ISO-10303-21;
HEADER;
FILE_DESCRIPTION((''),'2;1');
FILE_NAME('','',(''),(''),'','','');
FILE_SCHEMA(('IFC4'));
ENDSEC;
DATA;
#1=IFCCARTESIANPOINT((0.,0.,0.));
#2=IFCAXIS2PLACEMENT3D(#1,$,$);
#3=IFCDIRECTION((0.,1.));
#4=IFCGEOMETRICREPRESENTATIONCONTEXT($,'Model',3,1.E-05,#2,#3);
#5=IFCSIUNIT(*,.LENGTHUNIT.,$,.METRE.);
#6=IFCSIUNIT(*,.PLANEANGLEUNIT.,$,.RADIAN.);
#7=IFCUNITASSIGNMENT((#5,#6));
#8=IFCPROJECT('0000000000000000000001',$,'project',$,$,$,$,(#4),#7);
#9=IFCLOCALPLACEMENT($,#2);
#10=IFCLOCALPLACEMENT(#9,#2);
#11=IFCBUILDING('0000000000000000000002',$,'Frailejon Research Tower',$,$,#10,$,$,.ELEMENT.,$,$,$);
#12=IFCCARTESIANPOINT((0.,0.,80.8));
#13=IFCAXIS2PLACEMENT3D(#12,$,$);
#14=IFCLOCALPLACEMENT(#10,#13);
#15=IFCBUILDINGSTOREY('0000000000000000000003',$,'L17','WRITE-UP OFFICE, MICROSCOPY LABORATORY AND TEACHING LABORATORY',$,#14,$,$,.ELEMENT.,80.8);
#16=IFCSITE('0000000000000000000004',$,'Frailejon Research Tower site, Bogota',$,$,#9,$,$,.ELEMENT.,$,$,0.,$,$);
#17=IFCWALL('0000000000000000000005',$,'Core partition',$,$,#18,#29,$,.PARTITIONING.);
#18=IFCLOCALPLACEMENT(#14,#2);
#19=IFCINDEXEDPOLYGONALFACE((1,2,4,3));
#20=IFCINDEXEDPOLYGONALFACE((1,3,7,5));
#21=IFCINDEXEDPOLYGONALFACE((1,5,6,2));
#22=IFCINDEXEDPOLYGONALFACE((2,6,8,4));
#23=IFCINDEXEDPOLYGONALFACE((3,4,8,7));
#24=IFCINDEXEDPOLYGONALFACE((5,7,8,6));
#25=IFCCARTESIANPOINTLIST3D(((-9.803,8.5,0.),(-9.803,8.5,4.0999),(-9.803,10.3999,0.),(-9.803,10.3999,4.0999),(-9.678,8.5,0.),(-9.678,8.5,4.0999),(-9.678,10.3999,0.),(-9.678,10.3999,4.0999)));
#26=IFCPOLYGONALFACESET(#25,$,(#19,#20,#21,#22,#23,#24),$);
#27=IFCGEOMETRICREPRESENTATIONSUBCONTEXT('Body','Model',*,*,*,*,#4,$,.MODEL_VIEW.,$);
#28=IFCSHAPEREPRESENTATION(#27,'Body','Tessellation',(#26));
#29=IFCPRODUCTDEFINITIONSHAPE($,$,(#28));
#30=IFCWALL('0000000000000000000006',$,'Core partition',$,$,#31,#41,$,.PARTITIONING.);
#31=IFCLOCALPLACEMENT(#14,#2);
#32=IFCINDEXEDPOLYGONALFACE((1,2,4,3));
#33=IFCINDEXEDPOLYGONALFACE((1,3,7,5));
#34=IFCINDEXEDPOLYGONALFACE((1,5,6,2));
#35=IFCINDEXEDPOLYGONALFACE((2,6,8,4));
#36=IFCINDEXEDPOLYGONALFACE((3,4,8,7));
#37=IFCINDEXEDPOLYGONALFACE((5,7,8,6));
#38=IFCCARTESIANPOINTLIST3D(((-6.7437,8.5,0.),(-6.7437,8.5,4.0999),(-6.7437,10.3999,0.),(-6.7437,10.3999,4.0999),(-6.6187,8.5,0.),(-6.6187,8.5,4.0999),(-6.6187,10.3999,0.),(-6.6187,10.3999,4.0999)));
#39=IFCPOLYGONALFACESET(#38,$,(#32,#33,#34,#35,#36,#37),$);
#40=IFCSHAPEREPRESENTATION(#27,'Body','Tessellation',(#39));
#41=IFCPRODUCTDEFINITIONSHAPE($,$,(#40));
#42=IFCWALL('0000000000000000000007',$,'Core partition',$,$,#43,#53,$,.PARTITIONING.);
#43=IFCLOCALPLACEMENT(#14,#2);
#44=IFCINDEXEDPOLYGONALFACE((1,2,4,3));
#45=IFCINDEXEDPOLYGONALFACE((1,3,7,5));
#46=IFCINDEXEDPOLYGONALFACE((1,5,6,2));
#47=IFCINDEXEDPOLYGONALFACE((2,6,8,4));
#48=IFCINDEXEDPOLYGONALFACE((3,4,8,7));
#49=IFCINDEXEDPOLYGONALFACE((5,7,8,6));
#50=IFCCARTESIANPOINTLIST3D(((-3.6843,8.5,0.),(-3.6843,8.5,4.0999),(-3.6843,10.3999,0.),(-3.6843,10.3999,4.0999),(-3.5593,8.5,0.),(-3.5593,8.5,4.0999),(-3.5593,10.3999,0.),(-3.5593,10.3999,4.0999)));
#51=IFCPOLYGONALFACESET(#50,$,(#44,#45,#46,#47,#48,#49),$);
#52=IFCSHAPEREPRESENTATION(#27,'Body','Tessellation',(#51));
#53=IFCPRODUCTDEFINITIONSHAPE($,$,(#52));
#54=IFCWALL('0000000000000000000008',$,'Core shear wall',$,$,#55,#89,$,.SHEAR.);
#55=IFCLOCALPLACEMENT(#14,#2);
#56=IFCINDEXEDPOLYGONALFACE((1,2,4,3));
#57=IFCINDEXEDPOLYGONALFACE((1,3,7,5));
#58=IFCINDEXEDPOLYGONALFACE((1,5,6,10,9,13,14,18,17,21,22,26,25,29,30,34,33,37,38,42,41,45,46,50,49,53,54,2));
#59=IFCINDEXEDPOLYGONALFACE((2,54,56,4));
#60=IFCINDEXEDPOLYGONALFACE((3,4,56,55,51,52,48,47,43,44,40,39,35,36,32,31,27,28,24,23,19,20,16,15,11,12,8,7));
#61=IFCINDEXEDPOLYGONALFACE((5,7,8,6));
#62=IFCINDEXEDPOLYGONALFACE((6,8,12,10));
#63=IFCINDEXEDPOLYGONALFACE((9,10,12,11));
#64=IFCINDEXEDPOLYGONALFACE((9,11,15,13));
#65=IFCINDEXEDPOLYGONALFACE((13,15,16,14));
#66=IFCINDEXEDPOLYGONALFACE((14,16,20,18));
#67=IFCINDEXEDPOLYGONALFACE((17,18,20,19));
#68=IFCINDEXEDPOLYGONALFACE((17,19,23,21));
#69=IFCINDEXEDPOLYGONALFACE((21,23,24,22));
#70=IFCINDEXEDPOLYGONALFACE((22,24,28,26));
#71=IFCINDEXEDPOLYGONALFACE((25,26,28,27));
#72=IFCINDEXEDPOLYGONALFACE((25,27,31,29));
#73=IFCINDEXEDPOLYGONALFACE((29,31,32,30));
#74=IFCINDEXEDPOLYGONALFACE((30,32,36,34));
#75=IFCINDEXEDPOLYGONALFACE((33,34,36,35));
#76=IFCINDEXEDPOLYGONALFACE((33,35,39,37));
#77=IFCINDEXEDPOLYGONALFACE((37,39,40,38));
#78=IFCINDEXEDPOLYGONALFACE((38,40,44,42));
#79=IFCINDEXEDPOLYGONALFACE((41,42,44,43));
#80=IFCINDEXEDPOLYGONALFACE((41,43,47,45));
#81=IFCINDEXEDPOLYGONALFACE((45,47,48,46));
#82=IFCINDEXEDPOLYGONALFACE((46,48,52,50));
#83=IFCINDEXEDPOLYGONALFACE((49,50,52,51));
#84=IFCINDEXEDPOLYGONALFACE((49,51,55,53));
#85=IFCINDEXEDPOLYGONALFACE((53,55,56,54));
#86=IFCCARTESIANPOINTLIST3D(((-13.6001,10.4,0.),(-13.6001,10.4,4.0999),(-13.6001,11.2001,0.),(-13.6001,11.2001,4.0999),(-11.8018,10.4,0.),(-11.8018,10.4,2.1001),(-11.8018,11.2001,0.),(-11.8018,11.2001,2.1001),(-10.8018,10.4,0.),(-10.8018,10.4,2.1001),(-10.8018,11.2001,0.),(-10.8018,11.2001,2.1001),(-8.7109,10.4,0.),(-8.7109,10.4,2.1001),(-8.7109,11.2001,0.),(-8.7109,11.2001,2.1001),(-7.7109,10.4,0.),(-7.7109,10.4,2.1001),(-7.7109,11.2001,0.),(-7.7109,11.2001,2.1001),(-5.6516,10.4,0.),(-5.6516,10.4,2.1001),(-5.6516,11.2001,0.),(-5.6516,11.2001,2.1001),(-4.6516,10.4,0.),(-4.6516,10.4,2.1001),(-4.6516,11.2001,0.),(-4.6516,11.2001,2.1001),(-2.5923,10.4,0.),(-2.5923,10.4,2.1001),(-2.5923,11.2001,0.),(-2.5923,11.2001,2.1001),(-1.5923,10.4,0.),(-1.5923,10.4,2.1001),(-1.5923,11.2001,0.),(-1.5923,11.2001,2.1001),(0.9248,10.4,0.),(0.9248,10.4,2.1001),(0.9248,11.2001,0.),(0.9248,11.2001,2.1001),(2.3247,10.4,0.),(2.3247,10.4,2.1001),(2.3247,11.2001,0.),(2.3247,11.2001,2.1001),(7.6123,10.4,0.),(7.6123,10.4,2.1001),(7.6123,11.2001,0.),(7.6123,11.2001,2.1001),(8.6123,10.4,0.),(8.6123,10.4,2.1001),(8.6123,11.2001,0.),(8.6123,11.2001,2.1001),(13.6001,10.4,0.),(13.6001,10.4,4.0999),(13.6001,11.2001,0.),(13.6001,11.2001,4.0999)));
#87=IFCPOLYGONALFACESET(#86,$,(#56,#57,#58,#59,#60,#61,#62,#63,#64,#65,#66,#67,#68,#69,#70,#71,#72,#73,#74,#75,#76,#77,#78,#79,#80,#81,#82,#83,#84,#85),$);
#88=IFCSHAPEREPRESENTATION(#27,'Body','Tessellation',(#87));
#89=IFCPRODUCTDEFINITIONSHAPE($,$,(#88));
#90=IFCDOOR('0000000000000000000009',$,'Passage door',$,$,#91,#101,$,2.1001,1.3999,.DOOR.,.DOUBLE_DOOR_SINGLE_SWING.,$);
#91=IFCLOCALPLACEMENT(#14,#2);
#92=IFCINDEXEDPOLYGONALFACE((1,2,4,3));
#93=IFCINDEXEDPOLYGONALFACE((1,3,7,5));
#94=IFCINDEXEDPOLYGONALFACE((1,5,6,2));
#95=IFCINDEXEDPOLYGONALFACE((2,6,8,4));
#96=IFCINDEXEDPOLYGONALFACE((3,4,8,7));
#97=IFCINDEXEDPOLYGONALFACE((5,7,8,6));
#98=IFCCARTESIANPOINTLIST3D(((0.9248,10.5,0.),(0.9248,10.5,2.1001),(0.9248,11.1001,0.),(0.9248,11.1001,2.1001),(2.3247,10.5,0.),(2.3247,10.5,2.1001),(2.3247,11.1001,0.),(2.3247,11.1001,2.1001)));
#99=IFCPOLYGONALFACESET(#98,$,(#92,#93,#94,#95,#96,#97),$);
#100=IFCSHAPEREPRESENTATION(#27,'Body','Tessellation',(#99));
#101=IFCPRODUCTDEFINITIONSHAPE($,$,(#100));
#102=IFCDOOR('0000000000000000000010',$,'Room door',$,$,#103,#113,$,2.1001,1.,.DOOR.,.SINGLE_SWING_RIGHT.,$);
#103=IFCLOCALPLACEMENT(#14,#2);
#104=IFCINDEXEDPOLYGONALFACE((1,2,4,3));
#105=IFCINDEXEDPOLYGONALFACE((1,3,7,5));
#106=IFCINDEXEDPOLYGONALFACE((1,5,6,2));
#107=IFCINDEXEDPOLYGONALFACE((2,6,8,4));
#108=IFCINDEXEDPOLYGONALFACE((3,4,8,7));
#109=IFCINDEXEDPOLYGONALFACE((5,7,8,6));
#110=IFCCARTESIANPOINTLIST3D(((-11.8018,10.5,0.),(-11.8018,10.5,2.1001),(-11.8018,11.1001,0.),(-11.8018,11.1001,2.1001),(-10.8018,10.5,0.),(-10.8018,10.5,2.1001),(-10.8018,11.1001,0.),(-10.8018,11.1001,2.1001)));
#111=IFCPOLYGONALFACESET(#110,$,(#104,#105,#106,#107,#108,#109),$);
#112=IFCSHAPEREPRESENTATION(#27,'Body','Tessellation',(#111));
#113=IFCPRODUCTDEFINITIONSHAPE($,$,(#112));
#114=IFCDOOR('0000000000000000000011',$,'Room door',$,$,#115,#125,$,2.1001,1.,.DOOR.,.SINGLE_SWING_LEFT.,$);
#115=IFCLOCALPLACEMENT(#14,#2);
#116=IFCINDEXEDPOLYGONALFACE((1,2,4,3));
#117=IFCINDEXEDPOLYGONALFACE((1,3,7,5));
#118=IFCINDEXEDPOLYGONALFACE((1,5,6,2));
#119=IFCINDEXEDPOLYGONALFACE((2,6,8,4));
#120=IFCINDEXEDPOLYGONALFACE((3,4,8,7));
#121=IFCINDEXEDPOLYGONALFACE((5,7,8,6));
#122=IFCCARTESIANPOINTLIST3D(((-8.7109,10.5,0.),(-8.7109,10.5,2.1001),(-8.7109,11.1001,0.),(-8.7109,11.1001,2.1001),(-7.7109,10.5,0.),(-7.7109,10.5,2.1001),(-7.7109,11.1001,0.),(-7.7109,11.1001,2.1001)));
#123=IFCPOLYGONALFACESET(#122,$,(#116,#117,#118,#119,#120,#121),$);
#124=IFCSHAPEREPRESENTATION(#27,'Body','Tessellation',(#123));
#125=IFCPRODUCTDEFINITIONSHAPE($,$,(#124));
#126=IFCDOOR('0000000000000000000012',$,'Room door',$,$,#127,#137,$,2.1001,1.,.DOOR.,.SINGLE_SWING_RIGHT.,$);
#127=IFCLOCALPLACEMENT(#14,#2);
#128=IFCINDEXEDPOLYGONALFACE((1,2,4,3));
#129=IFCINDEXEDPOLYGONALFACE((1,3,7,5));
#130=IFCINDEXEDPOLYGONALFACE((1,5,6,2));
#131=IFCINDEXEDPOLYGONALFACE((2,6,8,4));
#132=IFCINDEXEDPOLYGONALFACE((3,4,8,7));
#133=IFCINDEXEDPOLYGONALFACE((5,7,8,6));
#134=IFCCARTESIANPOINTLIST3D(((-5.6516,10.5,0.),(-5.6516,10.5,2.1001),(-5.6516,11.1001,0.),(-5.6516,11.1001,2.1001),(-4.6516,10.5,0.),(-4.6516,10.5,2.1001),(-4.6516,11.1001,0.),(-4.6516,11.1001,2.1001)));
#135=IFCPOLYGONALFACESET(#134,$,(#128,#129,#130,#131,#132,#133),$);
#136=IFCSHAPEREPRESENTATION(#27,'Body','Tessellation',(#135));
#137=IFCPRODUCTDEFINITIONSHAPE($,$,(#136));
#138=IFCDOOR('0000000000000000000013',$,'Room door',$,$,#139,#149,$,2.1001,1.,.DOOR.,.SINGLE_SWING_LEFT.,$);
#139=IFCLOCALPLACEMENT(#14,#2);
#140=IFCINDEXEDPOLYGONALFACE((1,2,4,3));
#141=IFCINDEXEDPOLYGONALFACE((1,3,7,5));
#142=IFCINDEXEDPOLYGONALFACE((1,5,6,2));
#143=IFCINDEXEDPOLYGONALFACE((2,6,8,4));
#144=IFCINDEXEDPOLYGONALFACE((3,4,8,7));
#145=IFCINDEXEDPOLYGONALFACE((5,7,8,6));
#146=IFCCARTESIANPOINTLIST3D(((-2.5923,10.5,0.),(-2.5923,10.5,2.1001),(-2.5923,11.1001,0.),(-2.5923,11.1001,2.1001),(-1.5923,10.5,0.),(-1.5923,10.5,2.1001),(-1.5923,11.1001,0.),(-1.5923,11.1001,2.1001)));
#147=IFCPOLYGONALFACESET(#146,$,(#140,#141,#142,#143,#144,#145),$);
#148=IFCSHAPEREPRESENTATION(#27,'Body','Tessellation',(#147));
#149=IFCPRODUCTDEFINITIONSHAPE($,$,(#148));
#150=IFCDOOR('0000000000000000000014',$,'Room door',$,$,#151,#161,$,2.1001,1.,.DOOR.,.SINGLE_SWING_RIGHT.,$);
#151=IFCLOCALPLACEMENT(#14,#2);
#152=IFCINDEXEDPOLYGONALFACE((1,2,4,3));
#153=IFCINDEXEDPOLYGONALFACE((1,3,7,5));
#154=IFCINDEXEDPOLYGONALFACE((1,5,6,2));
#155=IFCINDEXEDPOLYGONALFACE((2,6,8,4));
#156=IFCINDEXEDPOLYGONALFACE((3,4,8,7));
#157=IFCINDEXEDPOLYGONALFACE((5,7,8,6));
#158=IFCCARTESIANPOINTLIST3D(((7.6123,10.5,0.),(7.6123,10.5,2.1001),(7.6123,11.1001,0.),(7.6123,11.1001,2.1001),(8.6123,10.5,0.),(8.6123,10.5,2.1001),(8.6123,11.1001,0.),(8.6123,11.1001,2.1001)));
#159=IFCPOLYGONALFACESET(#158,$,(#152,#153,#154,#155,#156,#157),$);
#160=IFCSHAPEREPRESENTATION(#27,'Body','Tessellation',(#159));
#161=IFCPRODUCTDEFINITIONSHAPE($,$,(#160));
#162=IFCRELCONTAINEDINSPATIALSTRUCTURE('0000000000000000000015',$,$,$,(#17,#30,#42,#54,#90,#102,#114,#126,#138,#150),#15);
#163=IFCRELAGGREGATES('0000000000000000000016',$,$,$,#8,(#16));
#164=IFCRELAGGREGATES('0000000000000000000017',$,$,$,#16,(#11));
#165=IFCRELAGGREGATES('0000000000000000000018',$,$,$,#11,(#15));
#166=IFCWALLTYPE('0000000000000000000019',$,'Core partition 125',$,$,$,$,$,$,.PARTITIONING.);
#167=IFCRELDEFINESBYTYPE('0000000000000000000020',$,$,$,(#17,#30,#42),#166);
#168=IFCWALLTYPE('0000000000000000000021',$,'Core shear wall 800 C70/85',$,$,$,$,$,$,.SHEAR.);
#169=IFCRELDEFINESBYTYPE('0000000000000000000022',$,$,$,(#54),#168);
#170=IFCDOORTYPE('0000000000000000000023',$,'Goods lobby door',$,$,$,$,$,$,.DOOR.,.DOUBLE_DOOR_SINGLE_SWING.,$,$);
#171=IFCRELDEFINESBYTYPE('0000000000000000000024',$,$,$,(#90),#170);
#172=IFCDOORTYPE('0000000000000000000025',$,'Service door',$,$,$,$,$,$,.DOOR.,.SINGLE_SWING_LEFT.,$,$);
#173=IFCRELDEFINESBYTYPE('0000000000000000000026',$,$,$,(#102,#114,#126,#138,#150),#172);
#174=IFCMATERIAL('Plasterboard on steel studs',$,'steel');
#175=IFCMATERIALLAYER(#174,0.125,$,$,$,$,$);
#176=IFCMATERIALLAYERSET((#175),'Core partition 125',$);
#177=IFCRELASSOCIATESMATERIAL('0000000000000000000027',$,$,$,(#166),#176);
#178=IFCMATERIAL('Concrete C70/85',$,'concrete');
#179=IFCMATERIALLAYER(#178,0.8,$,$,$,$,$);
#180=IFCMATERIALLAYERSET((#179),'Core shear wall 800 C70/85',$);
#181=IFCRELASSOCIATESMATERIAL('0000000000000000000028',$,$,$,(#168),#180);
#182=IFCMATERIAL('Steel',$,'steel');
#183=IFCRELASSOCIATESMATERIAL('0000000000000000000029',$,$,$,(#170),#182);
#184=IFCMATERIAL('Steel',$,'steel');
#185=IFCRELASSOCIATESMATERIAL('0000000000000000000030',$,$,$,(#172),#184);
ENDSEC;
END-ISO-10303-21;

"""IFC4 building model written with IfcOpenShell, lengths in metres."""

from ifc_helpers import new_model, si_unit, direction, frame, frame_2d, origin, place, context, subcontext, project, spatial, rectangle, extrude, material, layer, layer_set, type_object, element, fill, save


model = new_model("IFC4")

# Units and contexts
model_context = context("Model", 3, precision=1e-05, world=origin(), true_north=direction((0.0, 1.0)))
body_context = subcontext(model_context, "Body", "Model", "MODEL_VIEW")
ifc_project = project(units=[si_unit("LENGTHUNIT", "METRE"), si_unit("PLANEANGLEUNIT", "RADIAN")], contexts=[model_context])

# Site, building, storey
site_placement = place(None, origin())
site = spatial("IfcSite", under=ifc_project, at=site_placement, Name="Frailejon Research Tower site, Bogota", CompositionType="ELEMENT", RefElevation=0.0)
building_placement = place(site_placement, origin())
building = spatial("IfcBuilding", under=site, at=building_placement, Name="Frailejon Research Tower", CompositionType="ELEMENT")
storey_placement = place(building_placement, frame((0.0, 0.0, 80.8)))
storey = spatial("IfcBuildingStorey", under=building, at=storey_placement, Name="L17", Description="WRITE-UP OFFICE, MICROSCOPY LABORATORY AND TEACHING LABORATORY", CompositionType="ELEMENT", Elevation=80.8)

# Walls
ifc_material_1 = material(Name="Plasterboard on steel studs", Category="steel")
ifc_layer_1 = layer(ifc_material_1, 0.125)
ifc_layer_set_1 = layer_set([ifc_layer_1], Name="Core partition 125")
wall_type_1 = type_object("IfcWallType", Name="Core partition 125", PredefinedType="PARTITIONING", material=ifc_layer_set_1)
for number, where, z_axis, x_axis, name in (
    (1, (-9.7405, 8.5, 0.0), (0.0, 0.0, 1.0), (0.0, 1.0, 0.0), "Core partition"),
    (2, (-6.6812, 8.5, 0.0), (0.0, 0.0, 1.0), (0.0, 1.0, 0.0), "Core partition"),
    (3, (-3.6218, 8.5, 0.0), (0.0, 0.0, 1.0), (0.0, 1.0, 0.0), "Core partition"),
):
    element("IfcWall", number, at=place(storey_placement, frame(where, z_axis=z_axis, x_axis=x_axis)), inside=storey, type_object=wall_type_1, Name=name, PredefinedType="PARTITIONING", context=body_context, shape_type="SweptSolid", body=[
        extrude(rectangle(XDim=1.8999, YDim=0.125, at=frame_2d((0.95, 0.0))), origin(), (0.0, 0.0, 1.0), 4.0999),
    ])

# Wall, openings, doors
ifc_material_2 = material(Name="Concrete C70/85", Category="concrete")
ifc_layer_2 = layer(ifc_material_2, 0.8)
ifc_layer_set_2 = layer_set([ifc_layer_2], Name="Core shear wall 800 C70/85")
wall_type_2 = type_object("IfcWallType", Name="Core shear wall 800 C70/85", PredefinedType="SHEAR", material=ifc_layer_set_2)
wall_1_placement = place(storey_placement, frame((-13.6001, 10.8, 0.0), z_axis=(0.0, 0.0, 1.0), x_axis=(1.0, 0.0, 0.0)))
wall_1 = element("IfcWall", 4, at=wall_1_placement, inside=storey, type_object=wall_type_2, Name="Core shear wall", PredefinedType="SHEAR", context=body_context, shape_type="SweptSolid", body=[
    extrude(rectangle(XDim=27.2002, YDim=0.8, at=frame_2d((13.6001, 0.0))), origin(), (0.0, 0.0, 1.0), 4.0999),
])
opening_1_placement = place(wall_1_placement, frame((1.7983, 0.0, 0.0)))
opening_1 = element("IfcOpeningElement", 5, at=opening_1_placement, cuts=wall_1, PredefinedType="OPENING", context=body_context, shape_type="SweptSolid", body=[
    extrude(rectangle(XDim=1.0, YDim=2.1001, at=frame_2d((0.5, 1.05))), frame((0.0, 0.4099, 0.0), z_axis=(0.0, -1.0, 0.0), x_axis=(1.0, 0.0, 0.0)), (0.0, 0.0, 1.0), 0.8201),
])
opening_2_placement = place(wall_1_placement, frame((4.8892, 0.0, 0.0)))
opening_2 = element("IfcOpeningElement", 6, at=opening_2_placement, cuts=wall_1, PredefinedType="OPENING", context=body_context, shape_type="SweptSolid", body=[
    extrude(rectangle(XDim=1.0, YDim=2.1001, at=frame_2d((0.5, 1.05))), frame((0.0, 0.4099, 0.0), z_axis=(0.0, -1.0, 0.0), x_axis=(1.0, 0.0, 0.0)), (0.0, 0.0, 1.0), 0.8201),
])
opening_3_placement = place(wall_1_placement, frame((7.9485, 0.0, 0.0)))
opening_3 = element("IfcOpeningElement", 7, at=opening_3_placement, cuts=wall_1, PredefinedType="OPENING", context=body_context, shape_type="SweptSolid", body=[
    extrude(rectangle(XDim=1.0, YDim=2.1001, at=frame_2d((0.5, 1.05))), frame((0.0, 0.4099, 0.0), z_axis=(0.0, -1.0, 0.0), x_axis=(1.0, 0.0, 0.0)), (0.0, 0.0, 1.0), 0.8201),
])
opening_4_placement = place(wall_1_placement, frame((11.0078, 0.0, 0.0)))
opening_4 = element("IfcOpeningElement", 8, at=opening_4_placement, cuts=wall_1, PredefinedType="OPENING", context=body_context, shape_type="SweptSolid", body=[
    extrude(rectangle(XDim=1.0, YDim=2.1001, at=frame_2d((0.5, 1.05))), frame((0.0, 0.4099, 0.0), z_axis=(0.0, -1.0, 0.0), x_axis=(1.0, 0.0, 0.0)), (0.0, 0.0, 1.0), 0.8201),
])
opening_5_placement = place(wall_1_placement, frame((21.2124, 0.0, 0.0)))
opening_5 = element("IfcOpeningElement", 9, at=opening_5_placement, cuts=wall_1, PredefinedType="OPENING", context=body_context, shape_type="SweptSolid", body=[
    extrude(rectangle(XDim=1.0, YDim=2.1001, at=frame_2d((0.5, 1.05))), frame((0.0, 0.4099, 0.0), z_axis=(0.0, -1.0, 0.0), x_axis=(1.0, 0.0, 0.0)), (0.0, 0.0, 1.0), 0.8201),
])
opening_6_placement = place(wall_1_placement, frame((14.5249, 0.0, 0.0)))
opening_6 = element("IfcOpeningElement", 10, at=opening_6_placement, cuts=wall_1, PredefinedType="OPENING", context=body_context, shape_type="SweptSolid", body=[
    extrude(rectangle(XDim=1.3999, YDim=2.1001, at=frame_2d((0.7, 1.05))), frame((0.0, 0.4099, 0.0), z_axis=(0.0, -1.0, 0.0), x_axis=(1.0, 0.0, 0.0)), (0.0, 0.0, 1.0), 0.8201),
])
ifc_material_3 = material(Name="Steel", Category="steel")
door_type_1 = type_object("IfcDoorType", Name="Goods lobby door", OperationType="DOUBLE_DOOR_SINGLE_SWING", PredefinedType="DOOR", material=ifc_material_3)
door_1_placement = place(opening_6_placement, origin())
door_1 = element("IfcDoor", 11, at=door_1_placement, inside=storey, type_object=door_type_1, Name="Passage door", OperationType="DOUBLE_DOOR_SINGLE_SWING", OverallHeight=2.1001, OverallWidth=1.3999, PredefinedType="DOOR", context=body_context, shape_type="SweptSolid", body=[
    extrude(rectangle(XDim=1.3999, YDim=2.1001, at=frame_2d((0.7, 1.05))), frame((0.0, 0.3, 0.0), z_axis=(0.0, -1.0, 0.0), x_axis=(1.0, 0.0, 0.0)), (0.0, 0.0, 1.0), 0.6001),
])
fill(opening_6, door_1)
ifc_material_4 = material(Name="Steel", Category="steel")
door_type_2 = type_object("IfcDoorType", Name="Service door", OperationType="SINGLE_SWING_LEFT", PredefinedType="DOOR", material=ifc_material_4)
door_2_placement = place(opening_1_placement, origin())
door_2 = element("IfcDoor", 12, at=door_2_placement, inside=storey, type_object=door_type_2, Name="Room door", OperationType="SINGLE_SWING_RIGHT", OverallHeight=2.1001, OverallWidth=1.0, PredefinedType="DOOR", context=body_context, shape_type="SweptSolid", body=[
    extrude(rectangle(XDim=1.0, YDim=2.1001, at=frame_2d((0.5, 1.05))), frame((0.0, 0.3, 0.0), z_axis=(0.0, -1.0, 0.0), x_axis=(1.0, 0.0, 0.0)), (0.0, 0.0, 1.0), 0.6001),
])
fill(opening_1, door_2)
door_3_placement = place(opening_2_placement, origin())
door_3 = element("IfcDoor", 13, at=door_3_placement, inside=storey, type_object=door_type_2, Name="Room door", OperationType="SINGLE_SWING_LEFT", OverallHeight=2.1001, OverallWidth=1.0, PredefinedType="DOOR", context=body_context, shape_type="SweptSolid", body=[
    extrude(rectangle(XDim=1.0, YDim=2.1001, at=frame_2d((0.5, 1.05))), frame((0.0, 0.3, 0.0), z_axis=(0.0, -1.0, 0.0), x_axis=(1.0, 0.0, 0.0)), (0.0, 0.0, 1.0), 0.6001),
])
fill(opening_2, door_3)
door_4_placement = place(opening_3_placement, origin())
door_4 = element("IfcDoor", 14, at=door_4_placement, inside=storey, type_object=door_type_2, Name="Room door", OperationType="SINGLE_SWING_RIGHT", OverallHeight=2.1001, OverallWidth=1.0, PredefinedType="DOOR", context=body_context, shape_type="SweptSolid", body=[
    extrude(rectangle(XDim=1.0, YDim=2.1001, at=frame_2d((0.5, 1.05))), frame((0.0, 0.3, 0.0), z_axis=(0.0, -1.0, 0.0), x_axis=(1.0, 0.0, 0.0)), (0.0, 0.0, 1.0), 0.6001),
])
fill(opening_3, door_4)
door_5_placement = place(opening_4_placement, origin())
door_5 = element("IfcDoor", 15, at=door_5_placement, inside=storey, type_object=door_type_2, Name="Room door", OperationType="SINGLE_SWING_LEFT", OverallHeight=2.1001, OverallWidth=1.0, PredefinedType="DOOR", context=body_context, shape_type="SweptSolid", body=[
    extrude(rectangle(XDim=1.0, YDim=2.1001, at=frame_2d((0.5, 1.05))), frame((0.0, 0.3, 0.0), z_axis=(0.0, -1.0, 0.0), x_axis=(1.0, 0.0, 0.0)), (0.0, 0.0, 1.0), 0.6001),
])
fill(opening_4, door_5)
door_6_placement = place(opening_5_placement, origin())
door_6 = element("IfcDoor", 16, at=door_6_placement, inside=storey, type_object=door_type_2, Name="Room door", OperationType="SINGLE_SWING_RIGHT", OverallHeight=2.1001, OverallWidth=1.0, PredefinedType="DOOR", context=body_context, shape_type="SweptSolid", body=[
    extrude(rectangle(XDim=1.0, YDim=2.1001, at=frame_2d((0.5, 1.05))), frame((0.0, 0.3, 0.0), z_axis=(0.0, -1.0, 0.0), x_axis=(1.0, 0.0, 0.0)), (0.0, 0.0, 1.0), 0.6001),
])
fill(opening_5, door_6)

save(model, "model.ifc")
